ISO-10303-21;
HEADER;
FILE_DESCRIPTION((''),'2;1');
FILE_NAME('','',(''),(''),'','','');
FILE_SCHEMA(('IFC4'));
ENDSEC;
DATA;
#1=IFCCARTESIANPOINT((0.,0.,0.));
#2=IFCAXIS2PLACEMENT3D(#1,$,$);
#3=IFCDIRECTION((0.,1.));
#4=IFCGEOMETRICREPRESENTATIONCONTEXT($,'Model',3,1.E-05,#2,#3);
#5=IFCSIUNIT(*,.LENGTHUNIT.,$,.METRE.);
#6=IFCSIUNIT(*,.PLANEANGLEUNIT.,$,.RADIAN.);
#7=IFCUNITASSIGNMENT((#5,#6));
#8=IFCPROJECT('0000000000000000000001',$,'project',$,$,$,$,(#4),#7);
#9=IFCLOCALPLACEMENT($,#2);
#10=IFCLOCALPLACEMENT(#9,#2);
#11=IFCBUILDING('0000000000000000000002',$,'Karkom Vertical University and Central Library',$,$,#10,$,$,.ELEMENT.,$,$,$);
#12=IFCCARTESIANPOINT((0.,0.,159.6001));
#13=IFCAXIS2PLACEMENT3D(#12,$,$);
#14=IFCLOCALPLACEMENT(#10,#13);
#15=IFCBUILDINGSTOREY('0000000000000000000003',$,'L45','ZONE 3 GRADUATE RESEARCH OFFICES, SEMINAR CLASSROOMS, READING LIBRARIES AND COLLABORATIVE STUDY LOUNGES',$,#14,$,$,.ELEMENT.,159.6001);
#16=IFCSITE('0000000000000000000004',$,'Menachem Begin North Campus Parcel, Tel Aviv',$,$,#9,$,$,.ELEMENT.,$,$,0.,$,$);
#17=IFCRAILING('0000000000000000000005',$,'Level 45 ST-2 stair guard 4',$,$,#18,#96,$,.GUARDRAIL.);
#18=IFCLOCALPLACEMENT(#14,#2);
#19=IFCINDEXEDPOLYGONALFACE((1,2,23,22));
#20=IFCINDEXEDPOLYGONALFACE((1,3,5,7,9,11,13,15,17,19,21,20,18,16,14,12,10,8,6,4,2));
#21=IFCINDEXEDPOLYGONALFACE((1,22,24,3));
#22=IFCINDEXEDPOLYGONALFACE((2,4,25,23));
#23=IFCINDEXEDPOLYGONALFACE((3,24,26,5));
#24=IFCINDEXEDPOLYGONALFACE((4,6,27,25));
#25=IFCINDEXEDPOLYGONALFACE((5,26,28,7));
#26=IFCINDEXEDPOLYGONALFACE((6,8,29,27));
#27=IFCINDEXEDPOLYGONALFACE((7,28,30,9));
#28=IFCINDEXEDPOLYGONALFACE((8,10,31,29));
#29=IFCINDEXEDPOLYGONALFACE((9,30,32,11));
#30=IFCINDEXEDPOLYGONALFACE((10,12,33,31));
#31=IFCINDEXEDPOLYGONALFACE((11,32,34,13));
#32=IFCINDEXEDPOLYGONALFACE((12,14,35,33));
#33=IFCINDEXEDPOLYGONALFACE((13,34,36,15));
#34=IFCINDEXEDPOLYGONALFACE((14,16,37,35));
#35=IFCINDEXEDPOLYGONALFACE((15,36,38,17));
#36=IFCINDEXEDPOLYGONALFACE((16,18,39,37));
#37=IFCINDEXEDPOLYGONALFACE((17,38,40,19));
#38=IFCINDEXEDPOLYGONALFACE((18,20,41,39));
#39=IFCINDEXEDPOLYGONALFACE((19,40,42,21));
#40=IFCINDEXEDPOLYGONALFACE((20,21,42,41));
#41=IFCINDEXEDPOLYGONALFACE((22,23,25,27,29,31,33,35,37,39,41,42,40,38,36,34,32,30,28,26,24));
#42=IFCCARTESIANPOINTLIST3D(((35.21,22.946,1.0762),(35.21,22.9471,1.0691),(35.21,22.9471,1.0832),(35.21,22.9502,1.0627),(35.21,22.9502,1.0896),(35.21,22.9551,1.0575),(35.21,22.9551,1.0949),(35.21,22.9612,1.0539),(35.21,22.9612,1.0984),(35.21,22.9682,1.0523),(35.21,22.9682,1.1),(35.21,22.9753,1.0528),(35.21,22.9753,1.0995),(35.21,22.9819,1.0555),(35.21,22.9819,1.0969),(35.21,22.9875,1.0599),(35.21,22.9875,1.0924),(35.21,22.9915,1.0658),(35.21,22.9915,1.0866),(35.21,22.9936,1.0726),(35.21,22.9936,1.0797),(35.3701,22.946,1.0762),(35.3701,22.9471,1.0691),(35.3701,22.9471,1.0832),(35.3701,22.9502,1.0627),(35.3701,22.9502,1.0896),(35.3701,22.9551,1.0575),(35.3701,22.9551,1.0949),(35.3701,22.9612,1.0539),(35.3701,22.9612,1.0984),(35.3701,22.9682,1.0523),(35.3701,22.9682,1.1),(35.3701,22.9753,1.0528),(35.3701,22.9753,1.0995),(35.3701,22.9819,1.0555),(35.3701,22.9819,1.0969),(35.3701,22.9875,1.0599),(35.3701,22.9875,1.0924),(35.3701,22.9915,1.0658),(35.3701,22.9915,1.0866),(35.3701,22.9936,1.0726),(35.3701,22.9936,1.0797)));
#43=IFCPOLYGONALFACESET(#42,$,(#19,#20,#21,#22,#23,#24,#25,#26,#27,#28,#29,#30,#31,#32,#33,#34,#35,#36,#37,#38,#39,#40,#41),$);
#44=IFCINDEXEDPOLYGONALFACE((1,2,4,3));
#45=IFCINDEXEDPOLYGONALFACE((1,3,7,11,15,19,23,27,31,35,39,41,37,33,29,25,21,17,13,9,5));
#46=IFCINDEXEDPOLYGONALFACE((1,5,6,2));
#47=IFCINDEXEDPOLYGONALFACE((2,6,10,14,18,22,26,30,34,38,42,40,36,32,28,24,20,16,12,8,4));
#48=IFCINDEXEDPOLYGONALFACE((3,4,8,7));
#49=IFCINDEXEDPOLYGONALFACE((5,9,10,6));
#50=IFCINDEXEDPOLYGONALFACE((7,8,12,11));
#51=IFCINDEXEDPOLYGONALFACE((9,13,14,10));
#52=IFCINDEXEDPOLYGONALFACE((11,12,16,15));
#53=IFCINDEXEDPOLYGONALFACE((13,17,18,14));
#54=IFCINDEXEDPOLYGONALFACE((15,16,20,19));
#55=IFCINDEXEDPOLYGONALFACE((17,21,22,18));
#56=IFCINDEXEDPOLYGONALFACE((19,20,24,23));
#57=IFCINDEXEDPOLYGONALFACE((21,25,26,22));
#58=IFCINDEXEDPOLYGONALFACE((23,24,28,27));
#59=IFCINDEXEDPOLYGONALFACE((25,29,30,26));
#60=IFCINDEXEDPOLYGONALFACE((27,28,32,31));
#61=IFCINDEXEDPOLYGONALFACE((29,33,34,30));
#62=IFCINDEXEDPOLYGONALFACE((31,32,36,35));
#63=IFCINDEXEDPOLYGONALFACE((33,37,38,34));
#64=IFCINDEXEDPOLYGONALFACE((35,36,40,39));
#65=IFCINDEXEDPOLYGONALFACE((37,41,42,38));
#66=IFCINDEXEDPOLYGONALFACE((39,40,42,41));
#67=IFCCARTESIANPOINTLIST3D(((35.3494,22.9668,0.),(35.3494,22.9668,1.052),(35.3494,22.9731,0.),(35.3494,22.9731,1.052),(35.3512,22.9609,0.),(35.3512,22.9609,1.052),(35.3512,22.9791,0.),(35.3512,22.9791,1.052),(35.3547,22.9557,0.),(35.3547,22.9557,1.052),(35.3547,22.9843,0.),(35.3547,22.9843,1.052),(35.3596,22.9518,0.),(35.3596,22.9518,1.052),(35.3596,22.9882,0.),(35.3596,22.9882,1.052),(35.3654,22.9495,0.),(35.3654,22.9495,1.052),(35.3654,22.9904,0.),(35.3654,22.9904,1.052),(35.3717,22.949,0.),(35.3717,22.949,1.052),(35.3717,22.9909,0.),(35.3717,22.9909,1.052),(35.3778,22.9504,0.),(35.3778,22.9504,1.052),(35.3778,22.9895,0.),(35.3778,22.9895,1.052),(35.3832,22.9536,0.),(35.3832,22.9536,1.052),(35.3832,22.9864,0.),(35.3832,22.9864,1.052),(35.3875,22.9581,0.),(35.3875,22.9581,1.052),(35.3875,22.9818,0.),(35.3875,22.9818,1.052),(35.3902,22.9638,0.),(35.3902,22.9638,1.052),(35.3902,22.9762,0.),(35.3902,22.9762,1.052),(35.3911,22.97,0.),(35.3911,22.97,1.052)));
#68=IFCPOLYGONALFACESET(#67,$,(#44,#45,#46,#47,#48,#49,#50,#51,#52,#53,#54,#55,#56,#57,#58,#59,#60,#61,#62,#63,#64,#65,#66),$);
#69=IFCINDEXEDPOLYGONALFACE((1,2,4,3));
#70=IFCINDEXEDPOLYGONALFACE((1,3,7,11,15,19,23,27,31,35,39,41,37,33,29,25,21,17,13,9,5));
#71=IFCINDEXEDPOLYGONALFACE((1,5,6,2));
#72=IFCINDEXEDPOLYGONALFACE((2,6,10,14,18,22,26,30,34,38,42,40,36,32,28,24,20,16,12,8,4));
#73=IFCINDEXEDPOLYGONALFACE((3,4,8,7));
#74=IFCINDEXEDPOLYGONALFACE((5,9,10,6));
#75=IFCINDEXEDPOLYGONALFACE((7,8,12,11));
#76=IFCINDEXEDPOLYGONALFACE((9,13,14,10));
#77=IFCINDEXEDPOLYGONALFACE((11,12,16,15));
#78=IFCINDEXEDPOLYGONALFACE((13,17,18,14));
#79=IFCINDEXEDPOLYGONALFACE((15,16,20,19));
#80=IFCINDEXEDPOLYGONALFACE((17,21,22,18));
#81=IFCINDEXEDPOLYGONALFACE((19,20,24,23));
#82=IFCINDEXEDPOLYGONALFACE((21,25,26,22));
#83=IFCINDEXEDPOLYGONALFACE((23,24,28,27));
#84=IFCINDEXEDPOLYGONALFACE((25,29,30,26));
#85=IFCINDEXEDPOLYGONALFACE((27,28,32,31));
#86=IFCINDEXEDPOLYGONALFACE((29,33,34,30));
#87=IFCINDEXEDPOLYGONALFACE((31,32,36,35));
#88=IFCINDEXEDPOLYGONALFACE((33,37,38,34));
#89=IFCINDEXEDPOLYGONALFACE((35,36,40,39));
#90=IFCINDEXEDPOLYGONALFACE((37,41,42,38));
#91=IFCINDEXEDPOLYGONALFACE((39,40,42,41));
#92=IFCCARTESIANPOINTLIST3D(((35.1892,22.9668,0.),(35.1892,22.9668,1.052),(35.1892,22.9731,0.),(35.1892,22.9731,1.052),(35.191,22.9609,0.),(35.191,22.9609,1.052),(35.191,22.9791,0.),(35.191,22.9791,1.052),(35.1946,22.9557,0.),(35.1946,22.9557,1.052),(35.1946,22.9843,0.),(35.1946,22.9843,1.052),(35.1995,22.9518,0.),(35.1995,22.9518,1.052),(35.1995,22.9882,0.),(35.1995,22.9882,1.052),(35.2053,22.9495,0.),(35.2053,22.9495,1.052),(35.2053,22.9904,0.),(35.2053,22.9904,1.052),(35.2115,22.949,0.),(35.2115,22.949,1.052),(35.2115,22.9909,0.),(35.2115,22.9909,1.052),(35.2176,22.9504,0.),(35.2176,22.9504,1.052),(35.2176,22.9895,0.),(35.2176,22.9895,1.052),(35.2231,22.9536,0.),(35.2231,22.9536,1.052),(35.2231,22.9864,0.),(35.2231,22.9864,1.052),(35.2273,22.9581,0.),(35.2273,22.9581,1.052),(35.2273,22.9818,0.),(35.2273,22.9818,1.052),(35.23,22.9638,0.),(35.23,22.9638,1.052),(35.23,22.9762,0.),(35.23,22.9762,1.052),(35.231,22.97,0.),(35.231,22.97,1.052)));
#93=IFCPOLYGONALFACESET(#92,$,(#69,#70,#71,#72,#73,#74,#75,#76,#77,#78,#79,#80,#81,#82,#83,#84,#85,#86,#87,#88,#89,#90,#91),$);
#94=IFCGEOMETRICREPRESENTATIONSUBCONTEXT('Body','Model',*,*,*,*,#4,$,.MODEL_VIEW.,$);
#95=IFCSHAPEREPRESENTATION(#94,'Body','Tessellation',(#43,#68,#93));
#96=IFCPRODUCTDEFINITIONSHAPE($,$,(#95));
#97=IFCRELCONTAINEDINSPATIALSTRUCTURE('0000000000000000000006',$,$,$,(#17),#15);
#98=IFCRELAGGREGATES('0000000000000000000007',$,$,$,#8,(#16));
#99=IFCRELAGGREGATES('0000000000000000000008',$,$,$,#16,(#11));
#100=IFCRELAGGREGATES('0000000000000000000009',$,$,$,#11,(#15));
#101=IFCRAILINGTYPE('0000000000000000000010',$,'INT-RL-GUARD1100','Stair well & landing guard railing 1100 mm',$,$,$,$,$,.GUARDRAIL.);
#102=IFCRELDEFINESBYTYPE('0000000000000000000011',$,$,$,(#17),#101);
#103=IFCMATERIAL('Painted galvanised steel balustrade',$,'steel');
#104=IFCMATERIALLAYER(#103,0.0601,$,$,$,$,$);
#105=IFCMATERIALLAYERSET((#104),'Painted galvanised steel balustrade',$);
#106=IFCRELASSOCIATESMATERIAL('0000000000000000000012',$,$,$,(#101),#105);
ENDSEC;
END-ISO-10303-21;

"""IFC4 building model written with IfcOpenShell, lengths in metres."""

from ifc_helpers import new_model, si_unit, direction, frame, origin, origin_2d, place, context, subcontext, project, spatial, circle, extrude, material, layer, layer_set, type_object, element, save


model = new_model("IFC4")

# Units and contexts
model_context = context("Model", 3, precision=1e-05, world=origin(), true_north=direction((0.0, 1.0)))
body_context = subcontext(model_context, "Body", "Model", "MODEL_VIEW")
ifc_project = project(units=[si_unit("LENGTHUNIT", "METRE"), si_unit("PLANEANGLEUNIT", "RADIAN")], contexts=[model_context])

# Site, building, storey
site_placement = place(None, origin())
site = spatial("IfcSite", under=ifc_project, at=site_placement, Name="Menachem Begin North Campus Parcel, Tel Aviv", CompositionType="ELEMENT", RefElevation=0.0)
building_placement = place(site_placement, origin())
building = spatial("IfcBuilding", under=site, at=building_placement, Name="Karkom Vertical University and Central Library", CompositionType="ELEMENT")
storey_placement = place(building_placement, frame((0.0, 0.0, 159.6001)))
storey = spatial("IfcBuildingStorey", under=building, at=storey_placement, Name="L45", Description="ZONE 3 GRADUATE RESEARCH OFFICES, SEMINAR CLASSROOMS, READING LIBRARIES AND COLLABORATIVE STUDY LOUNGES", CompositionType="ELEMENT", Elevation=159.6001)

# Railing
ifc_material_1 = material(Name="Painted galvanised steel balustrade", Category="steel")
ifc_layer_1 = layer(ifc_material_1, 0.0601)
ifc_layer_set_1 = layer_set([ifc_layer_1], Name="Painted galvanised steel balustrade")
railing_type_1 = type_object("IfcRailingType", Name="INT-RL-GUARD1100", Description="Stair well & landing guard railing 1100 mm", PredefinedType="GUARDRAIL", material=ifc_layer_set_1)
railing_1_placement = place(storey_placement, frame((35.3701, 22.97, 0.0)))
element("IfcRailing", 1, at=railing_1_placement, inside=storey, type_object=railing_type_1, Name="Level 45 ST-2 stair guard 4", PredefinedType="GUARDRAIL", context=body_context, shape_type="SweptSolid", body=[
    extrude(circle(Radius=0.0239, at=origin_2d()), frame((0.0, 0.0, 1.0762), z_axis=(-1.0, 0.0, 0.0), x_axis=(0.0, -1.0, 0.0)), (0.0, 0.0, 1.0), 0.1602),
    extrude(circle(Radius=0.021, at=origin_2d()), origin(), (0.0, 0.0, 1.0), 1.052),
    extrude(circle(Radius=0.021, at=origin_2d()), frame((-0.1602, 0.0, 0.0)), (0.0, 0.0, 1.0), 1.052),
])

save(model, "model.ifc")
